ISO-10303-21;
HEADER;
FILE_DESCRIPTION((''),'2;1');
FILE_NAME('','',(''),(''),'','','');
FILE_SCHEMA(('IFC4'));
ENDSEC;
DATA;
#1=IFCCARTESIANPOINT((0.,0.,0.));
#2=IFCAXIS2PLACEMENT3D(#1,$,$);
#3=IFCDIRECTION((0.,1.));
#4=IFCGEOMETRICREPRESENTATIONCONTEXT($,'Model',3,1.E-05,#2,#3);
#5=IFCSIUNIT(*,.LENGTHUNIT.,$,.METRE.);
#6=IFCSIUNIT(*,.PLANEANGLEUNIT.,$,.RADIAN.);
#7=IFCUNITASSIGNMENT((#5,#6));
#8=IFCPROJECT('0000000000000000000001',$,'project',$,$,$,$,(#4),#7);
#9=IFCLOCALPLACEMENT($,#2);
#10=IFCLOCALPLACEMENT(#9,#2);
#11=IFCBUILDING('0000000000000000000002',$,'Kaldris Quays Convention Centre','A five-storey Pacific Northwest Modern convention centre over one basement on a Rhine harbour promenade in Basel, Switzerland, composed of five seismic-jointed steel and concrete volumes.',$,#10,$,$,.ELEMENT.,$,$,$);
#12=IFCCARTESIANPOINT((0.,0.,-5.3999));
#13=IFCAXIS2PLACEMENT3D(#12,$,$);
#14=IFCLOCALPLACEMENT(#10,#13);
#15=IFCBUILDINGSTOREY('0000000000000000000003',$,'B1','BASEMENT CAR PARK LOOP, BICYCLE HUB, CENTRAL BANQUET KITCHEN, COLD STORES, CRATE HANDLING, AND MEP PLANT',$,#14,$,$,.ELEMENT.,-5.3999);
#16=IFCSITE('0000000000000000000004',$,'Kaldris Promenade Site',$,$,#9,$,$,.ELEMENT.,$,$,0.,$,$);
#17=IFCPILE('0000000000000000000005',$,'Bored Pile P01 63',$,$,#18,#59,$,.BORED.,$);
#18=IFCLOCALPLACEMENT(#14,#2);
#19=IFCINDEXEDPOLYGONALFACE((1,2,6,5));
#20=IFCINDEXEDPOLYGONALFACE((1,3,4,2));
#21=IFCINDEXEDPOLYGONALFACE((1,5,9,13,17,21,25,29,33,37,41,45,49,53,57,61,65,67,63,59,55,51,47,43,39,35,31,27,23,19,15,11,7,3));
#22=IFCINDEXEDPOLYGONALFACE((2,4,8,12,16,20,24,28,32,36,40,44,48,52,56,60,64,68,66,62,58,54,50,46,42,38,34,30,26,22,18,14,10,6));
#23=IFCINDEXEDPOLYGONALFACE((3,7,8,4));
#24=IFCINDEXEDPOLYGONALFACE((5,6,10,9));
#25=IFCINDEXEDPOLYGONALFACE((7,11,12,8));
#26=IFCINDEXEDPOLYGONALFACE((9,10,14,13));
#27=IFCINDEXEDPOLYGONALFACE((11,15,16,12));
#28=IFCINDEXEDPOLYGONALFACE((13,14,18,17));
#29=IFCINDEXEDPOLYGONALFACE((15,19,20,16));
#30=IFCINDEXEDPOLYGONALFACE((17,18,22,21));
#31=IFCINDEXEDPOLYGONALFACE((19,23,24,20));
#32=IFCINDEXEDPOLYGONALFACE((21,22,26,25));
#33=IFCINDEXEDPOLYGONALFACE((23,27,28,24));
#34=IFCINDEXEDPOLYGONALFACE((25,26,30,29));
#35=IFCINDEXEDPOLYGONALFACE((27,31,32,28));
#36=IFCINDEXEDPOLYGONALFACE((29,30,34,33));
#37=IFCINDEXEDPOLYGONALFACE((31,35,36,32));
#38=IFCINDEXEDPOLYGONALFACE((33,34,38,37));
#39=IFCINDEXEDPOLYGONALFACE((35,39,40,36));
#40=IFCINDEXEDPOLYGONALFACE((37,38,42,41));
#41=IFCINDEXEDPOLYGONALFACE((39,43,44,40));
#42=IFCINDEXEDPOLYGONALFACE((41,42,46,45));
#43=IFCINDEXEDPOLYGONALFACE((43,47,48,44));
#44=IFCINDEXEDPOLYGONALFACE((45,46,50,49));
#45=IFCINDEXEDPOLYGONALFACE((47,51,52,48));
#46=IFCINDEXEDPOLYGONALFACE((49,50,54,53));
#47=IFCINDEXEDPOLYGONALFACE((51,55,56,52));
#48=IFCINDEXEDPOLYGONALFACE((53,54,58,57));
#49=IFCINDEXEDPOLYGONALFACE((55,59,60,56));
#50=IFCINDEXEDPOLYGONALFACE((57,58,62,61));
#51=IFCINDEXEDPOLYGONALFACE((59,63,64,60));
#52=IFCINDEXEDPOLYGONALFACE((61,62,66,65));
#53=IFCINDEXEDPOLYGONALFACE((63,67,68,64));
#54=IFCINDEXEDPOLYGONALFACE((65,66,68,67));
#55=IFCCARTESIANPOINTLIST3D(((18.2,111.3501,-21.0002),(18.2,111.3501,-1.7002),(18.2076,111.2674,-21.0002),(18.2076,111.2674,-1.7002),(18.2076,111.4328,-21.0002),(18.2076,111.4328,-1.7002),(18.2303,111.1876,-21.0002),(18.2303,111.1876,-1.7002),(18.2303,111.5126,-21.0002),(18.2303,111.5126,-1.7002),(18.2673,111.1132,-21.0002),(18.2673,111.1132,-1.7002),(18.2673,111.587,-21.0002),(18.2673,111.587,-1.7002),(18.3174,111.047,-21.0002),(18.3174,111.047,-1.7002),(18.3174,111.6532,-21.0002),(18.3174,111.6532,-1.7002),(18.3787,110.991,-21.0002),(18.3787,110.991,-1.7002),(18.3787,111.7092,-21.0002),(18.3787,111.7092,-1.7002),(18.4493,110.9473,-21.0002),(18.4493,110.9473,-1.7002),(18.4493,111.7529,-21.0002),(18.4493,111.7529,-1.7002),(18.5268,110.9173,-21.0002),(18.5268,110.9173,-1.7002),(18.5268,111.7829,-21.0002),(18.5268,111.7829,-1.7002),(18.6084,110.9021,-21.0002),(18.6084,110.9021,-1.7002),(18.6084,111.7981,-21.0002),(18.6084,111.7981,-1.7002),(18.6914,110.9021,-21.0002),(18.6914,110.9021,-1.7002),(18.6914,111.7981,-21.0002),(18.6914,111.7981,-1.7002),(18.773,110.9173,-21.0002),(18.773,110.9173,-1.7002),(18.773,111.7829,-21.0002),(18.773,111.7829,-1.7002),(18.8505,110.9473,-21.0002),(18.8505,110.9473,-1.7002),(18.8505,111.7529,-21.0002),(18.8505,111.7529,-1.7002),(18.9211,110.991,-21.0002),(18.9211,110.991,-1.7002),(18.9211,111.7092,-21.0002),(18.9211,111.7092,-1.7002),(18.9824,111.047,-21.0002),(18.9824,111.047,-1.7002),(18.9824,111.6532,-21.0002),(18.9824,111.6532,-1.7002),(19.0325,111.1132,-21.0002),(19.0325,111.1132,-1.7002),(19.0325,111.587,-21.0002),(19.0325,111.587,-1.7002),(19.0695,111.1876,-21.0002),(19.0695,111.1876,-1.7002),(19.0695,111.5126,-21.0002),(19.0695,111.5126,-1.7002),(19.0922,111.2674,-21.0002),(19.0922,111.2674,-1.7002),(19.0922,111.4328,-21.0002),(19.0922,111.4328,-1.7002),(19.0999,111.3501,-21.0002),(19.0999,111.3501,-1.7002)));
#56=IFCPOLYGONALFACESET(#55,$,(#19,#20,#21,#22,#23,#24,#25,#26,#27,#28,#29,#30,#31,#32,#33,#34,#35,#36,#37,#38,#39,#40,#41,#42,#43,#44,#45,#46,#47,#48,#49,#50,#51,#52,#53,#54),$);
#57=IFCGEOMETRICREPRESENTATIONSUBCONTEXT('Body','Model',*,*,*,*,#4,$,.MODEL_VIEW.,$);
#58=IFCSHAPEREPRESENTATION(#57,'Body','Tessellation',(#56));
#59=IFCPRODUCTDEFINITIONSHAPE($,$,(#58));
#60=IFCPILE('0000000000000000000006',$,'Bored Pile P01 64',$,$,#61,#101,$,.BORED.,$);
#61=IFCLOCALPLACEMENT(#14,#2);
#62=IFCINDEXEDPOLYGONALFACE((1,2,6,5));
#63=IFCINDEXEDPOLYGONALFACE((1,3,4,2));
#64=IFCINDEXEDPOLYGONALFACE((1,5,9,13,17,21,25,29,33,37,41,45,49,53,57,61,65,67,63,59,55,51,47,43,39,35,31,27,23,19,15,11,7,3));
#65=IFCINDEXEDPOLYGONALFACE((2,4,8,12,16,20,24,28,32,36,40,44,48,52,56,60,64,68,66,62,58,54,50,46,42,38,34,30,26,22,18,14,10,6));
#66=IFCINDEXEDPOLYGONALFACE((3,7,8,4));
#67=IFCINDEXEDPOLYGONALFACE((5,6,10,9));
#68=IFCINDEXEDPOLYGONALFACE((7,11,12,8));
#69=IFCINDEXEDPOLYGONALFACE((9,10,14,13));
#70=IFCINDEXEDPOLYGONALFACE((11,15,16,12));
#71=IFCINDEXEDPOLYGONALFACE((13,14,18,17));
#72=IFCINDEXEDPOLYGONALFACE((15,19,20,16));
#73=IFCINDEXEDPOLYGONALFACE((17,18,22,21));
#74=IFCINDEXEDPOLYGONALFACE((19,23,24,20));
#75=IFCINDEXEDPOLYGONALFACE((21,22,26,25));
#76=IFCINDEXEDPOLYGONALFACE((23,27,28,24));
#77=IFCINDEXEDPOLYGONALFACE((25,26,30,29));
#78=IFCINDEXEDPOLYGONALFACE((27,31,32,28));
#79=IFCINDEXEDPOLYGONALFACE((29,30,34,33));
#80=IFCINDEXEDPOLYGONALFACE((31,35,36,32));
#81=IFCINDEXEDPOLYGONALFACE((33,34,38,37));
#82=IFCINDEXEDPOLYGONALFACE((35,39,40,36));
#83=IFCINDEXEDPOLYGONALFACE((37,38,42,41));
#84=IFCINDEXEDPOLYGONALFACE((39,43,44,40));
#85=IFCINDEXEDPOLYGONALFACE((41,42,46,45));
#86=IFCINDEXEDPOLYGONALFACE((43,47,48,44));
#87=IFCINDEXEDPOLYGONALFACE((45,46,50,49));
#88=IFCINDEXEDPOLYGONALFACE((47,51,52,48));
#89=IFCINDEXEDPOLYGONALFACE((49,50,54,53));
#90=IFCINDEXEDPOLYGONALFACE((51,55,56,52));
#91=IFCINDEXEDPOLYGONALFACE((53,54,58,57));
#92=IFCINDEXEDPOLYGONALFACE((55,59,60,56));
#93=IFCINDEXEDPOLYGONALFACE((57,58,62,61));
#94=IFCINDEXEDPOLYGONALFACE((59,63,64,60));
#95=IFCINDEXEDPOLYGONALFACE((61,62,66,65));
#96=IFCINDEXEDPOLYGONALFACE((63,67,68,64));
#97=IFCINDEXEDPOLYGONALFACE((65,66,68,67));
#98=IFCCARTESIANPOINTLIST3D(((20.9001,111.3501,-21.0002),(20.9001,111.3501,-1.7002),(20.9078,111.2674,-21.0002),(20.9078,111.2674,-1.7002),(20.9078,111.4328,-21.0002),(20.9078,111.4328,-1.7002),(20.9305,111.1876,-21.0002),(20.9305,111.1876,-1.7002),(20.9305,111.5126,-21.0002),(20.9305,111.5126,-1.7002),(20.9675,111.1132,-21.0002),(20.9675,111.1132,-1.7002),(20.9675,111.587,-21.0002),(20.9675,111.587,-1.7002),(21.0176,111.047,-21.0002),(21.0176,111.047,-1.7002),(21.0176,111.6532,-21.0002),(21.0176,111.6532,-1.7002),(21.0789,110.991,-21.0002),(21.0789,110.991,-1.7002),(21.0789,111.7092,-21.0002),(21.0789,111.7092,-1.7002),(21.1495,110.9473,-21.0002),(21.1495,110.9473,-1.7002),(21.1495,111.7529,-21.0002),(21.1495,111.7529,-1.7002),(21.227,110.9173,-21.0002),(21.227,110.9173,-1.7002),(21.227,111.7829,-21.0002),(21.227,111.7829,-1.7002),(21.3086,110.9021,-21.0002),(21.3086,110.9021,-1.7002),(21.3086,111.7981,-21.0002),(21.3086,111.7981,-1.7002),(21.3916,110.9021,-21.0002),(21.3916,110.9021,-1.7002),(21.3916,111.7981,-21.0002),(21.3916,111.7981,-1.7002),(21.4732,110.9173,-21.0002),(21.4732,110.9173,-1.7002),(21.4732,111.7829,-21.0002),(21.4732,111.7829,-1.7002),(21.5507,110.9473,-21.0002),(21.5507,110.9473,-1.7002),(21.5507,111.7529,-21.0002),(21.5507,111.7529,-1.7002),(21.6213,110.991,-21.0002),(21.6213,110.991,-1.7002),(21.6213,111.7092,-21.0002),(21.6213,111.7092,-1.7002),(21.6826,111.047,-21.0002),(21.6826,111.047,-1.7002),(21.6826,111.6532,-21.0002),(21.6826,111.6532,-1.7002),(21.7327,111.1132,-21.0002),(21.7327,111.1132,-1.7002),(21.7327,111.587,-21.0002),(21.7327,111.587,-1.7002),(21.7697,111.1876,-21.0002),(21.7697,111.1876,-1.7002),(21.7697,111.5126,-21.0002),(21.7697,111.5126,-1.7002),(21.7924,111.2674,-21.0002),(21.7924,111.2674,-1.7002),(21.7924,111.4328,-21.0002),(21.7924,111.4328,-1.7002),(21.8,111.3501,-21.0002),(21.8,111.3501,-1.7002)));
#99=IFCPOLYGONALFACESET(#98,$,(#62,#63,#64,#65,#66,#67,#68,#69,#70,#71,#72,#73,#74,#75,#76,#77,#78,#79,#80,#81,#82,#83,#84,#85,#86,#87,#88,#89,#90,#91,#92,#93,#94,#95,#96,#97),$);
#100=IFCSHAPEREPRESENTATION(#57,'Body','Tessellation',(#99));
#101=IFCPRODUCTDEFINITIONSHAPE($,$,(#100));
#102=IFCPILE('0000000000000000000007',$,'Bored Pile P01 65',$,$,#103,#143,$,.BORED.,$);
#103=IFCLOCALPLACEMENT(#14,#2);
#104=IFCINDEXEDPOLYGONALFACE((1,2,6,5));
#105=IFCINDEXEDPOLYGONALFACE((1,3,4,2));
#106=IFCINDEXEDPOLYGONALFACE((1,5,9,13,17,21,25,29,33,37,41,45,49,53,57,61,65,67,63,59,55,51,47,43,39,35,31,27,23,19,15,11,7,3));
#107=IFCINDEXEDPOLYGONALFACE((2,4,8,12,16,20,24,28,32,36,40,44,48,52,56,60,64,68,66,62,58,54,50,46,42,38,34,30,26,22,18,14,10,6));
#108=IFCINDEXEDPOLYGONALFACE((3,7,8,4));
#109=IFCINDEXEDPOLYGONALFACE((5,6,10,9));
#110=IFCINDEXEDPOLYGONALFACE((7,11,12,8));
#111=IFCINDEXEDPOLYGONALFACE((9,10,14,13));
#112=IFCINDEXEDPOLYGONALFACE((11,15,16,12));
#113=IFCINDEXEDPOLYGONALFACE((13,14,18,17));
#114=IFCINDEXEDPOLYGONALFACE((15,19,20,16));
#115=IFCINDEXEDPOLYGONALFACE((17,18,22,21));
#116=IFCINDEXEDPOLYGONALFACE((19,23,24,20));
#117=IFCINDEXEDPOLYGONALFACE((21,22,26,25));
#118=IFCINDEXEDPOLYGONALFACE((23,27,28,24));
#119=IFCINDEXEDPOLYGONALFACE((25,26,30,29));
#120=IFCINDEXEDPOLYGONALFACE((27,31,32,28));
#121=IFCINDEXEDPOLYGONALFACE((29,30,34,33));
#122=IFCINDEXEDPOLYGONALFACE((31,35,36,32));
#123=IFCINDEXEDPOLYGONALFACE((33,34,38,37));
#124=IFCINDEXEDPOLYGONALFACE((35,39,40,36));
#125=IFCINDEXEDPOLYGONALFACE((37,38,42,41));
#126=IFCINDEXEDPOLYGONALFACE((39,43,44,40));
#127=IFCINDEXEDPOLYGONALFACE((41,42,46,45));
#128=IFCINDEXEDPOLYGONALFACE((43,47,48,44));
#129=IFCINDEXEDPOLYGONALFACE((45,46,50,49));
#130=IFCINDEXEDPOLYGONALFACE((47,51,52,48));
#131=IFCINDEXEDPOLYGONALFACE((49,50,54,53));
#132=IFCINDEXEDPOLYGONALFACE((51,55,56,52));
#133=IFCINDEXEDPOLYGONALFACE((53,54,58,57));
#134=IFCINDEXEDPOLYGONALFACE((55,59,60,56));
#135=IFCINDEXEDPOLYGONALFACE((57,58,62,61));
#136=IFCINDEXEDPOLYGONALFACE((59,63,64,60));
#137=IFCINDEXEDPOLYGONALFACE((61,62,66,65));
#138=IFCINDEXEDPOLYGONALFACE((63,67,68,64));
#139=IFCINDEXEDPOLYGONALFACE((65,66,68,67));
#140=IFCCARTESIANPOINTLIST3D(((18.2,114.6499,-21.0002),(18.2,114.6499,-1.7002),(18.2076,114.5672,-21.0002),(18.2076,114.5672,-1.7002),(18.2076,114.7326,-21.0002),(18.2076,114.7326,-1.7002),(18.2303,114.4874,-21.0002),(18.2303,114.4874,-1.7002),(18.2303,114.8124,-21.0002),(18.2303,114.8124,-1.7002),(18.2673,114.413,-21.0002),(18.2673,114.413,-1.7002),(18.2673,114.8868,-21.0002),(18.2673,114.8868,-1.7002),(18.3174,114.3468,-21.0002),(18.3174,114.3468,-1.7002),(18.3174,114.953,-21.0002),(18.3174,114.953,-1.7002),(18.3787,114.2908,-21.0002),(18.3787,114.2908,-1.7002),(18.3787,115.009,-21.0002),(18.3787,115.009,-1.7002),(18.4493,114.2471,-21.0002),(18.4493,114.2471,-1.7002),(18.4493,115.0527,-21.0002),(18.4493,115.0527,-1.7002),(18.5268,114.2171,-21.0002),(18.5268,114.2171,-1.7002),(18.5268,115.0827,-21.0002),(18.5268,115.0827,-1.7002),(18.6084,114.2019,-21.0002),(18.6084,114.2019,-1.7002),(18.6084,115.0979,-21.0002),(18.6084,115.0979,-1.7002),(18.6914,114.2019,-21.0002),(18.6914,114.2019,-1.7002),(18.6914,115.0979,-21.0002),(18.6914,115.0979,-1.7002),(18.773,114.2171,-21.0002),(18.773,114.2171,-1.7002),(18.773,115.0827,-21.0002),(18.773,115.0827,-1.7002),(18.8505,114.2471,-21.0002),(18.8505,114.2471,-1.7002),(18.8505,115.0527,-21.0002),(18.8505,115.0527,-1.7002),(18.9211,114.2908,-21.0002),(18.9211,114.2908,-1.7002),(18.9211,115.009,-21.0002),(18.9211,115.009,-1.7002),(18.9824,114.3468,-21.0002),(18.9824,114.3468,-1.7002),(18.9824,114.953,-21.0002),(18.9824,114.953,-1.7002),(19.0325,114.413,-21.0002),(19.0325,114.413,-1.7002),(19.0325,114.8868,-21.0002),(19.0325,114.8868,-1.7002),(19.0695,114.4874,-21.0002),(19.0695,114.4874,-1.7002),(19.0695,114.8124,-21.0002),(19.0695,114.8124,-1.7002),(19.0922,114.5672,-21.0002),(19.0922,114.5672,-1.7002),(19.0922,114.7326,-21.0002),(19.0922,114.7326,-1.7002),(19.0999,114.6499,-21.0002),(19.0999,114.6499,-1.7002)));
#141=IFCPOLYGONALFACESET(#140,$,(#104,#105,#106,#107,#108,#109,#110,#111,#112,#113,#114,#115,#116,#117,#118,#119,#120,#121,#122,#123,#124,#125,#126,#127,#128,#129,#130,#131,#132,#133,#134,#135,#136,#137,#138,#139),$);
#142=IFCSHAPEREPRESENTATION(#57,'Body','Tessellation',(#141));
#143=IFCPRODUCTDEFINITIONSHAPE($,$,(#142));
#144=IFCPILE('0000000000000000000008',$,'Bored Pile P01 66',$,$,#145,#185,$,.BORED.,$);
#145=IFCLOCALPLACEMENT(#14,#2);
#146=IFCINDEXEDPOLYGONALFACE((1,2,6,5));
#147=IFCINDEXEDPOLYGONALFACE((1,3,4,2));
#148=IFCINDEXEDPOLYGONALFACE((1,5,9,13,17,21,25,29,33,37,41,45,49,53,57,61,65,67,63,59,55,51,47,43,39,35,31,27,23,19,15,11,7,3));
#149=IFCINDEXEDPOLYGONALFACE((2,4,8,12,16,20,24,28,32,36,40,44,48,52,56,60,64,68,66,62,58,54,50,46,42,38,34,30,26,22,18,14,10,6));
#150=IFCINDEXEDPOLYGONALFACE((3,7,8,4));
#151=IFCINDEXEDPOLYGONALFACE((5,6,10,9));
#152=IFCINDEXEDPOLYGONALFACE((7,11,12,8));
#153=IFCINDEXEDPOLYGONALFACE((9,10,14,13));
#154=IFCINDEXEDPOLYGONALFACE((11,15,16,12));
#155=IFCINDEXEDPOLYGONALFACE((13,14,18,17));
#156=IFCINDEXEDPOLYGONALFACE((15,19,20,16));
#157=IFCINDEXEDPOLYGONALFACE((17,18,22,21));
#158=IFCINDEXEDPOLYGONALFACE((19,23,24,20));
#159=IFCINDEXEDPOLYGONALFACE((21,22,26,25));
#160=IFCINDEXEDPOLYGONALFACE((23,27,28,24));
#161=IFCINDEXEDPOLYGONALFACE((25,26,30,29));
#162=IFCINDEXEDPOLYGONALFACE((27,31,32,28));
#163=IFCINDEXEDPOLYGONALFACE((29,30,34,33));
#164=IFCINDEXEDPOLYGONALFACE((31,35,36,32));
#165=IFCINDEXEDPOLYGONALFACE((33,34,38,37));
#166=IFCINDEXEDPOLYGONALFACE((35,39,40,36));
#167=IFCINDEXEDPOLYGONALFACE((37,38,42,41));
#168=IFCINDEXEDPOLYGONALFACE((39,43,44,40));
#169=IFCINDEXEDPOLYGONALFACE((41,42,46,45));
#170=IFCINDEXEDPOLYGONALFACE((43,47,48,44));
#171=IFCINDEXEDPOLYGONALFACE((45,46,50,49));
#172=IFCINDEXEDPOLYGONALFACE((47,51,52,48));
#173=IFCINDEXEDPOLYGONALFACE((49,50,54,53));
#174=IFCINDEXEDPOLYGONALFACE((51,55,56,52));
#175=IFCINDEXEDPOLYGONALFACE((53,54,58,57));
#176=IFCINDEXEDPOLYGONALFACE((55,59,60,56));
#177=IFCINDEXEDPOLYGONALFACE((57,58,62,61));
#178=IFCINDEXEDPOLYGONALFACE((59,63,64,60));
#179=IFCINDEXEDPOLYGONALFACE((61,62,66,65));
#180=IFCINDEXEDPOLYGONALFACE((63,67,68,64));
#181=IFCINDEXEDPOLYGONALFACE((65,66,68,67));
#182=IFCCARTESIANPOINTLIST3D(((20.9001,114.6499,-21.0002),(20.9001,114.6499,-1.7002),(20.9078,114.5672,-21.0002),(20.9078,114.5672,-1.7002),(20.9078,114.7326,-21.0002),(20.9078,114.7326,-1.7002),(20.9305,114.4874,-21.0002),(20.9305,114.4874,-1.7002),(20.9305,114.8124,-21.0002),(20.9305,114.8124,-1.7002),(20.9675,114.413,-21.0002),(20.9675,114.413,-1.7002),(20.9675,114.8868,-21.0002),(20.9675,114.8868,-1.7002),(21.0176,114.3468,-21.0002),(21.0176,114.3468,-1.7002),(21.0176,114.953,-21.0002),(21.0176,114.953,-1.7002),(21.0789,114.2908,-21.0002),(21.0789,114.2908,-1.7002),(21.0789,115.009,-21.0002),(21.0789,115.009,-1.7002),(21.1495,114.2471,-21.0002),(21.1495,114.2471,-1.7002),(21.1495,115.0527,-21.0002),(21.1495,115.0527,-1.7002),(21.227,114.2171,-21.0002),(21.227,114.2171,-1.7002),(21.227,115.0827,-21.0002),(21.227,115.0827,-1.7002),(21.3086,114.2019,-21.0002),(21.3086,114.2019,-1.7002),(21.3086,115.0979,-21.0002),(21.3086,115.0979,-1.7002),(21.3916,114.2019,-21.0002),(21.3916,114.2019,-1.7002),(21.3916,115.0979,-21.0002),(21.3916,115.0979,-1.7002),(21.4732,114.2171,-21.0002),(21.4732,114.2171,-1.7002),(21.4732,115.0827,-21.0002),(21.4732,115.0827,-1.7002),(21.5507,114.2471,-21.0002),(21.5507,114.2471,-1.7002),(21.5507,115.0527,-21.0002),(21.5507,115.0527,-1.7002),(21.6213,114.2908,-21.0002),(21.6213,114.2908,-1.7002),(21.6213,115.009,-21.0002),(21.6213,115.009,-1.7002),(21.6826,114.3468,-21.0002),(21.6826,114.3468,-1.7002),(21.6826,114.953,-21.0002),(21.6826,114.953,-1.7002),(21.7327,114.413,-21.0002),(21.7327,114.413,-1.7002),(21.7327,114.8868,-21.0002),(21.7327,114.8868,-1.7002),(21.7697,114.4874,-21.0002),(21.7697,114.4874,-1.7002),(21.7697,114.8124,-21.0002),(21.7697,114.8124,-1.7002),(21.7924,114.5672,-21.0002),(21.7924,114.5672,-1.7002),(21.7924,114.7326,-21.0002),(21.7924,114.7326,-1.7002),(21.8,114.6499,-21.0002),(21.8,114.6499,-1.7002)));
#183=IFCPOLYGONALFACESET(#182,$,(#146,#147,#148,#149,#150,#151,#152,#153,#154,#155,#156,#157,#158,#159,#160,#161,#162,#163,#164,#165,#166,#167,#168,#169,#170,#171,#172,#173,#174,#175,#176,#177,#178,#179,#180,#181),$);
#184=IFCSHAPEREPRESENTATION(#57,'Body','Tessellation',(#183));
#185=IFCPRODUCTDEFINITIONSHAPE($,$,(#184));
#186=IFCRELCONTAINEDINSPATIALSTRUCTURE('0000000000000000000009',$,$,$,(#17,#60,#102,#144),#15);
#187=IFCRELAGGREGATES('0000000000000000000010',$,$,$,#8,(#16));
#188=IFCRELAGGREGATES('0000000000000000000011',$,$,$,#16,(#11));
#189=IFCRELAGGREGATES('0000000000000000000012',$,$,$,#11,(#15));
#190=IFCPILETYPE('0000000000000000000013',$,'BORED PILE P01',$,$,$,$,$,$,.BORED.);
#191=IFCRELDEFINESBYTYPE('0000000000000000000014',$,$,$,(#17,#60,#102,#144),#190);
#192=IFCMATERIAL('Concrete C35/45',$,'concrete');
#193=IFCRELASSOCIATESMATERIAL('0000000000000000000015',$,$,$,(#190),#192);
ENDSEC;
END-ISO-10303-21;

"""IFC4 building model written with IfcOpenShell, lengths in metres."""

from ifc_helpers import new_model, si_unit, direction, frame, origin, origin_2d, place, context, subcontext, project, spatial, circle, extrude, material, material_profile, profile_set, type_object, element, save


model = new_model("IFC4")

# Units and contexts
model_context = context("Model", 3, precision=1e-05, world=origin(), true_north=direction((0.0, 1.0)))
body_context = subcontext(model_context, "Body", "Model", "MODEL_VIEW")
ifc_project = project(units=[si_unit("LENGTHUNIT", "METRE"), si_unit("PLANEANGLEUNIT", "RADIAN")], contexts=[model_context])

# Site, building, storey
site_placement = place(None, origin())
site = spatial("IfcSite", under=ifc_project, at=site_placement, Name="Kaldris Promenade Site", CompositionType="ELEMENT", RefElevation=0.0)
building_placement = place(site_placement, origin())
building = spatial("IfcBuilding", under=site, at=building_placement, Name="Kaldris Quays Convention Centre", Description="A five-storey Pacific Northwest Modern convention centre over one basement on a Rhine harbour promenade in Basel, Switzerland, composed of five seismic-jointed steel and concrete volumes.", CompositionType="ELEMENT")
storey_placement = place(building_placement, frame((0.0, 0.0, -5.3999)))
storey = spatial("IfcBuildingStorey", under=building, at=storey_placement, Name="B1", Description="BASEMENT CAR PARK LOOP, BICYCLE HUB, CENTRAL BANQUET KITCHEN, COLD STORES, CRATE HANDLING, AND MEP PLANT", CompositionType="ELEMENT", Elevation=-5.3999)

# Piles
ifc_material_1 = material(Name="Concrete C35/45", Category="concrete")
ifc_material_profile_1 = material_profile(ifc_material_1, circle(Radius=0.45, at=origin_2d()), Name="BORED PILE D900")
ifc_profile_set_1 = profile_set([ifc_material_profile_1], Name="Concrete C35/45")
pile_type = type_object("IfcPileType", Name="BORED PILE P01", PredefinedType="BORED", material=ifc_profile_set_1)
for number, where, z_axis, x_axis, name in (
    (1, (18.6499, 111.3501, -1.7002), (0.0, 0.0, -1.0), (1.0, 0.0, 0.0), "Bored Pile P01 63"),
    (2, (21.3501, 111.3501, -1.7002), (0.0, 0.0, -1.0), (1.0, 0.0, 0.0), "Bored Pile P01 64"),
    (3, (18.6499, 114.6499, -1.7002), (0.0, 0.0, -1.0), (1.0, 0.0, 0.0), "Bored Pile P01 65"),
    (4, (21.3501, 114.6499, -1.7002), (0.0, 0.0, -1.0), (1.0, 0.0, 0.0), "Bored Pile P01 66"),
):
    element("IfcPile", number, at=place(storey_placement, frame(where, z_axis=z_axis, x_axis=x_axis)), inside=storey, type_object=pile_type, Name=name, PredefinedType="BORED", context=body_context, shape_type="SweptSolid", body=[
        extrude(circle(Radius=0.45, at=origin_2d()), origin(), (0.0, 0.0, 1.0), 19.3),
    ])

save(model, "model.ifc")
